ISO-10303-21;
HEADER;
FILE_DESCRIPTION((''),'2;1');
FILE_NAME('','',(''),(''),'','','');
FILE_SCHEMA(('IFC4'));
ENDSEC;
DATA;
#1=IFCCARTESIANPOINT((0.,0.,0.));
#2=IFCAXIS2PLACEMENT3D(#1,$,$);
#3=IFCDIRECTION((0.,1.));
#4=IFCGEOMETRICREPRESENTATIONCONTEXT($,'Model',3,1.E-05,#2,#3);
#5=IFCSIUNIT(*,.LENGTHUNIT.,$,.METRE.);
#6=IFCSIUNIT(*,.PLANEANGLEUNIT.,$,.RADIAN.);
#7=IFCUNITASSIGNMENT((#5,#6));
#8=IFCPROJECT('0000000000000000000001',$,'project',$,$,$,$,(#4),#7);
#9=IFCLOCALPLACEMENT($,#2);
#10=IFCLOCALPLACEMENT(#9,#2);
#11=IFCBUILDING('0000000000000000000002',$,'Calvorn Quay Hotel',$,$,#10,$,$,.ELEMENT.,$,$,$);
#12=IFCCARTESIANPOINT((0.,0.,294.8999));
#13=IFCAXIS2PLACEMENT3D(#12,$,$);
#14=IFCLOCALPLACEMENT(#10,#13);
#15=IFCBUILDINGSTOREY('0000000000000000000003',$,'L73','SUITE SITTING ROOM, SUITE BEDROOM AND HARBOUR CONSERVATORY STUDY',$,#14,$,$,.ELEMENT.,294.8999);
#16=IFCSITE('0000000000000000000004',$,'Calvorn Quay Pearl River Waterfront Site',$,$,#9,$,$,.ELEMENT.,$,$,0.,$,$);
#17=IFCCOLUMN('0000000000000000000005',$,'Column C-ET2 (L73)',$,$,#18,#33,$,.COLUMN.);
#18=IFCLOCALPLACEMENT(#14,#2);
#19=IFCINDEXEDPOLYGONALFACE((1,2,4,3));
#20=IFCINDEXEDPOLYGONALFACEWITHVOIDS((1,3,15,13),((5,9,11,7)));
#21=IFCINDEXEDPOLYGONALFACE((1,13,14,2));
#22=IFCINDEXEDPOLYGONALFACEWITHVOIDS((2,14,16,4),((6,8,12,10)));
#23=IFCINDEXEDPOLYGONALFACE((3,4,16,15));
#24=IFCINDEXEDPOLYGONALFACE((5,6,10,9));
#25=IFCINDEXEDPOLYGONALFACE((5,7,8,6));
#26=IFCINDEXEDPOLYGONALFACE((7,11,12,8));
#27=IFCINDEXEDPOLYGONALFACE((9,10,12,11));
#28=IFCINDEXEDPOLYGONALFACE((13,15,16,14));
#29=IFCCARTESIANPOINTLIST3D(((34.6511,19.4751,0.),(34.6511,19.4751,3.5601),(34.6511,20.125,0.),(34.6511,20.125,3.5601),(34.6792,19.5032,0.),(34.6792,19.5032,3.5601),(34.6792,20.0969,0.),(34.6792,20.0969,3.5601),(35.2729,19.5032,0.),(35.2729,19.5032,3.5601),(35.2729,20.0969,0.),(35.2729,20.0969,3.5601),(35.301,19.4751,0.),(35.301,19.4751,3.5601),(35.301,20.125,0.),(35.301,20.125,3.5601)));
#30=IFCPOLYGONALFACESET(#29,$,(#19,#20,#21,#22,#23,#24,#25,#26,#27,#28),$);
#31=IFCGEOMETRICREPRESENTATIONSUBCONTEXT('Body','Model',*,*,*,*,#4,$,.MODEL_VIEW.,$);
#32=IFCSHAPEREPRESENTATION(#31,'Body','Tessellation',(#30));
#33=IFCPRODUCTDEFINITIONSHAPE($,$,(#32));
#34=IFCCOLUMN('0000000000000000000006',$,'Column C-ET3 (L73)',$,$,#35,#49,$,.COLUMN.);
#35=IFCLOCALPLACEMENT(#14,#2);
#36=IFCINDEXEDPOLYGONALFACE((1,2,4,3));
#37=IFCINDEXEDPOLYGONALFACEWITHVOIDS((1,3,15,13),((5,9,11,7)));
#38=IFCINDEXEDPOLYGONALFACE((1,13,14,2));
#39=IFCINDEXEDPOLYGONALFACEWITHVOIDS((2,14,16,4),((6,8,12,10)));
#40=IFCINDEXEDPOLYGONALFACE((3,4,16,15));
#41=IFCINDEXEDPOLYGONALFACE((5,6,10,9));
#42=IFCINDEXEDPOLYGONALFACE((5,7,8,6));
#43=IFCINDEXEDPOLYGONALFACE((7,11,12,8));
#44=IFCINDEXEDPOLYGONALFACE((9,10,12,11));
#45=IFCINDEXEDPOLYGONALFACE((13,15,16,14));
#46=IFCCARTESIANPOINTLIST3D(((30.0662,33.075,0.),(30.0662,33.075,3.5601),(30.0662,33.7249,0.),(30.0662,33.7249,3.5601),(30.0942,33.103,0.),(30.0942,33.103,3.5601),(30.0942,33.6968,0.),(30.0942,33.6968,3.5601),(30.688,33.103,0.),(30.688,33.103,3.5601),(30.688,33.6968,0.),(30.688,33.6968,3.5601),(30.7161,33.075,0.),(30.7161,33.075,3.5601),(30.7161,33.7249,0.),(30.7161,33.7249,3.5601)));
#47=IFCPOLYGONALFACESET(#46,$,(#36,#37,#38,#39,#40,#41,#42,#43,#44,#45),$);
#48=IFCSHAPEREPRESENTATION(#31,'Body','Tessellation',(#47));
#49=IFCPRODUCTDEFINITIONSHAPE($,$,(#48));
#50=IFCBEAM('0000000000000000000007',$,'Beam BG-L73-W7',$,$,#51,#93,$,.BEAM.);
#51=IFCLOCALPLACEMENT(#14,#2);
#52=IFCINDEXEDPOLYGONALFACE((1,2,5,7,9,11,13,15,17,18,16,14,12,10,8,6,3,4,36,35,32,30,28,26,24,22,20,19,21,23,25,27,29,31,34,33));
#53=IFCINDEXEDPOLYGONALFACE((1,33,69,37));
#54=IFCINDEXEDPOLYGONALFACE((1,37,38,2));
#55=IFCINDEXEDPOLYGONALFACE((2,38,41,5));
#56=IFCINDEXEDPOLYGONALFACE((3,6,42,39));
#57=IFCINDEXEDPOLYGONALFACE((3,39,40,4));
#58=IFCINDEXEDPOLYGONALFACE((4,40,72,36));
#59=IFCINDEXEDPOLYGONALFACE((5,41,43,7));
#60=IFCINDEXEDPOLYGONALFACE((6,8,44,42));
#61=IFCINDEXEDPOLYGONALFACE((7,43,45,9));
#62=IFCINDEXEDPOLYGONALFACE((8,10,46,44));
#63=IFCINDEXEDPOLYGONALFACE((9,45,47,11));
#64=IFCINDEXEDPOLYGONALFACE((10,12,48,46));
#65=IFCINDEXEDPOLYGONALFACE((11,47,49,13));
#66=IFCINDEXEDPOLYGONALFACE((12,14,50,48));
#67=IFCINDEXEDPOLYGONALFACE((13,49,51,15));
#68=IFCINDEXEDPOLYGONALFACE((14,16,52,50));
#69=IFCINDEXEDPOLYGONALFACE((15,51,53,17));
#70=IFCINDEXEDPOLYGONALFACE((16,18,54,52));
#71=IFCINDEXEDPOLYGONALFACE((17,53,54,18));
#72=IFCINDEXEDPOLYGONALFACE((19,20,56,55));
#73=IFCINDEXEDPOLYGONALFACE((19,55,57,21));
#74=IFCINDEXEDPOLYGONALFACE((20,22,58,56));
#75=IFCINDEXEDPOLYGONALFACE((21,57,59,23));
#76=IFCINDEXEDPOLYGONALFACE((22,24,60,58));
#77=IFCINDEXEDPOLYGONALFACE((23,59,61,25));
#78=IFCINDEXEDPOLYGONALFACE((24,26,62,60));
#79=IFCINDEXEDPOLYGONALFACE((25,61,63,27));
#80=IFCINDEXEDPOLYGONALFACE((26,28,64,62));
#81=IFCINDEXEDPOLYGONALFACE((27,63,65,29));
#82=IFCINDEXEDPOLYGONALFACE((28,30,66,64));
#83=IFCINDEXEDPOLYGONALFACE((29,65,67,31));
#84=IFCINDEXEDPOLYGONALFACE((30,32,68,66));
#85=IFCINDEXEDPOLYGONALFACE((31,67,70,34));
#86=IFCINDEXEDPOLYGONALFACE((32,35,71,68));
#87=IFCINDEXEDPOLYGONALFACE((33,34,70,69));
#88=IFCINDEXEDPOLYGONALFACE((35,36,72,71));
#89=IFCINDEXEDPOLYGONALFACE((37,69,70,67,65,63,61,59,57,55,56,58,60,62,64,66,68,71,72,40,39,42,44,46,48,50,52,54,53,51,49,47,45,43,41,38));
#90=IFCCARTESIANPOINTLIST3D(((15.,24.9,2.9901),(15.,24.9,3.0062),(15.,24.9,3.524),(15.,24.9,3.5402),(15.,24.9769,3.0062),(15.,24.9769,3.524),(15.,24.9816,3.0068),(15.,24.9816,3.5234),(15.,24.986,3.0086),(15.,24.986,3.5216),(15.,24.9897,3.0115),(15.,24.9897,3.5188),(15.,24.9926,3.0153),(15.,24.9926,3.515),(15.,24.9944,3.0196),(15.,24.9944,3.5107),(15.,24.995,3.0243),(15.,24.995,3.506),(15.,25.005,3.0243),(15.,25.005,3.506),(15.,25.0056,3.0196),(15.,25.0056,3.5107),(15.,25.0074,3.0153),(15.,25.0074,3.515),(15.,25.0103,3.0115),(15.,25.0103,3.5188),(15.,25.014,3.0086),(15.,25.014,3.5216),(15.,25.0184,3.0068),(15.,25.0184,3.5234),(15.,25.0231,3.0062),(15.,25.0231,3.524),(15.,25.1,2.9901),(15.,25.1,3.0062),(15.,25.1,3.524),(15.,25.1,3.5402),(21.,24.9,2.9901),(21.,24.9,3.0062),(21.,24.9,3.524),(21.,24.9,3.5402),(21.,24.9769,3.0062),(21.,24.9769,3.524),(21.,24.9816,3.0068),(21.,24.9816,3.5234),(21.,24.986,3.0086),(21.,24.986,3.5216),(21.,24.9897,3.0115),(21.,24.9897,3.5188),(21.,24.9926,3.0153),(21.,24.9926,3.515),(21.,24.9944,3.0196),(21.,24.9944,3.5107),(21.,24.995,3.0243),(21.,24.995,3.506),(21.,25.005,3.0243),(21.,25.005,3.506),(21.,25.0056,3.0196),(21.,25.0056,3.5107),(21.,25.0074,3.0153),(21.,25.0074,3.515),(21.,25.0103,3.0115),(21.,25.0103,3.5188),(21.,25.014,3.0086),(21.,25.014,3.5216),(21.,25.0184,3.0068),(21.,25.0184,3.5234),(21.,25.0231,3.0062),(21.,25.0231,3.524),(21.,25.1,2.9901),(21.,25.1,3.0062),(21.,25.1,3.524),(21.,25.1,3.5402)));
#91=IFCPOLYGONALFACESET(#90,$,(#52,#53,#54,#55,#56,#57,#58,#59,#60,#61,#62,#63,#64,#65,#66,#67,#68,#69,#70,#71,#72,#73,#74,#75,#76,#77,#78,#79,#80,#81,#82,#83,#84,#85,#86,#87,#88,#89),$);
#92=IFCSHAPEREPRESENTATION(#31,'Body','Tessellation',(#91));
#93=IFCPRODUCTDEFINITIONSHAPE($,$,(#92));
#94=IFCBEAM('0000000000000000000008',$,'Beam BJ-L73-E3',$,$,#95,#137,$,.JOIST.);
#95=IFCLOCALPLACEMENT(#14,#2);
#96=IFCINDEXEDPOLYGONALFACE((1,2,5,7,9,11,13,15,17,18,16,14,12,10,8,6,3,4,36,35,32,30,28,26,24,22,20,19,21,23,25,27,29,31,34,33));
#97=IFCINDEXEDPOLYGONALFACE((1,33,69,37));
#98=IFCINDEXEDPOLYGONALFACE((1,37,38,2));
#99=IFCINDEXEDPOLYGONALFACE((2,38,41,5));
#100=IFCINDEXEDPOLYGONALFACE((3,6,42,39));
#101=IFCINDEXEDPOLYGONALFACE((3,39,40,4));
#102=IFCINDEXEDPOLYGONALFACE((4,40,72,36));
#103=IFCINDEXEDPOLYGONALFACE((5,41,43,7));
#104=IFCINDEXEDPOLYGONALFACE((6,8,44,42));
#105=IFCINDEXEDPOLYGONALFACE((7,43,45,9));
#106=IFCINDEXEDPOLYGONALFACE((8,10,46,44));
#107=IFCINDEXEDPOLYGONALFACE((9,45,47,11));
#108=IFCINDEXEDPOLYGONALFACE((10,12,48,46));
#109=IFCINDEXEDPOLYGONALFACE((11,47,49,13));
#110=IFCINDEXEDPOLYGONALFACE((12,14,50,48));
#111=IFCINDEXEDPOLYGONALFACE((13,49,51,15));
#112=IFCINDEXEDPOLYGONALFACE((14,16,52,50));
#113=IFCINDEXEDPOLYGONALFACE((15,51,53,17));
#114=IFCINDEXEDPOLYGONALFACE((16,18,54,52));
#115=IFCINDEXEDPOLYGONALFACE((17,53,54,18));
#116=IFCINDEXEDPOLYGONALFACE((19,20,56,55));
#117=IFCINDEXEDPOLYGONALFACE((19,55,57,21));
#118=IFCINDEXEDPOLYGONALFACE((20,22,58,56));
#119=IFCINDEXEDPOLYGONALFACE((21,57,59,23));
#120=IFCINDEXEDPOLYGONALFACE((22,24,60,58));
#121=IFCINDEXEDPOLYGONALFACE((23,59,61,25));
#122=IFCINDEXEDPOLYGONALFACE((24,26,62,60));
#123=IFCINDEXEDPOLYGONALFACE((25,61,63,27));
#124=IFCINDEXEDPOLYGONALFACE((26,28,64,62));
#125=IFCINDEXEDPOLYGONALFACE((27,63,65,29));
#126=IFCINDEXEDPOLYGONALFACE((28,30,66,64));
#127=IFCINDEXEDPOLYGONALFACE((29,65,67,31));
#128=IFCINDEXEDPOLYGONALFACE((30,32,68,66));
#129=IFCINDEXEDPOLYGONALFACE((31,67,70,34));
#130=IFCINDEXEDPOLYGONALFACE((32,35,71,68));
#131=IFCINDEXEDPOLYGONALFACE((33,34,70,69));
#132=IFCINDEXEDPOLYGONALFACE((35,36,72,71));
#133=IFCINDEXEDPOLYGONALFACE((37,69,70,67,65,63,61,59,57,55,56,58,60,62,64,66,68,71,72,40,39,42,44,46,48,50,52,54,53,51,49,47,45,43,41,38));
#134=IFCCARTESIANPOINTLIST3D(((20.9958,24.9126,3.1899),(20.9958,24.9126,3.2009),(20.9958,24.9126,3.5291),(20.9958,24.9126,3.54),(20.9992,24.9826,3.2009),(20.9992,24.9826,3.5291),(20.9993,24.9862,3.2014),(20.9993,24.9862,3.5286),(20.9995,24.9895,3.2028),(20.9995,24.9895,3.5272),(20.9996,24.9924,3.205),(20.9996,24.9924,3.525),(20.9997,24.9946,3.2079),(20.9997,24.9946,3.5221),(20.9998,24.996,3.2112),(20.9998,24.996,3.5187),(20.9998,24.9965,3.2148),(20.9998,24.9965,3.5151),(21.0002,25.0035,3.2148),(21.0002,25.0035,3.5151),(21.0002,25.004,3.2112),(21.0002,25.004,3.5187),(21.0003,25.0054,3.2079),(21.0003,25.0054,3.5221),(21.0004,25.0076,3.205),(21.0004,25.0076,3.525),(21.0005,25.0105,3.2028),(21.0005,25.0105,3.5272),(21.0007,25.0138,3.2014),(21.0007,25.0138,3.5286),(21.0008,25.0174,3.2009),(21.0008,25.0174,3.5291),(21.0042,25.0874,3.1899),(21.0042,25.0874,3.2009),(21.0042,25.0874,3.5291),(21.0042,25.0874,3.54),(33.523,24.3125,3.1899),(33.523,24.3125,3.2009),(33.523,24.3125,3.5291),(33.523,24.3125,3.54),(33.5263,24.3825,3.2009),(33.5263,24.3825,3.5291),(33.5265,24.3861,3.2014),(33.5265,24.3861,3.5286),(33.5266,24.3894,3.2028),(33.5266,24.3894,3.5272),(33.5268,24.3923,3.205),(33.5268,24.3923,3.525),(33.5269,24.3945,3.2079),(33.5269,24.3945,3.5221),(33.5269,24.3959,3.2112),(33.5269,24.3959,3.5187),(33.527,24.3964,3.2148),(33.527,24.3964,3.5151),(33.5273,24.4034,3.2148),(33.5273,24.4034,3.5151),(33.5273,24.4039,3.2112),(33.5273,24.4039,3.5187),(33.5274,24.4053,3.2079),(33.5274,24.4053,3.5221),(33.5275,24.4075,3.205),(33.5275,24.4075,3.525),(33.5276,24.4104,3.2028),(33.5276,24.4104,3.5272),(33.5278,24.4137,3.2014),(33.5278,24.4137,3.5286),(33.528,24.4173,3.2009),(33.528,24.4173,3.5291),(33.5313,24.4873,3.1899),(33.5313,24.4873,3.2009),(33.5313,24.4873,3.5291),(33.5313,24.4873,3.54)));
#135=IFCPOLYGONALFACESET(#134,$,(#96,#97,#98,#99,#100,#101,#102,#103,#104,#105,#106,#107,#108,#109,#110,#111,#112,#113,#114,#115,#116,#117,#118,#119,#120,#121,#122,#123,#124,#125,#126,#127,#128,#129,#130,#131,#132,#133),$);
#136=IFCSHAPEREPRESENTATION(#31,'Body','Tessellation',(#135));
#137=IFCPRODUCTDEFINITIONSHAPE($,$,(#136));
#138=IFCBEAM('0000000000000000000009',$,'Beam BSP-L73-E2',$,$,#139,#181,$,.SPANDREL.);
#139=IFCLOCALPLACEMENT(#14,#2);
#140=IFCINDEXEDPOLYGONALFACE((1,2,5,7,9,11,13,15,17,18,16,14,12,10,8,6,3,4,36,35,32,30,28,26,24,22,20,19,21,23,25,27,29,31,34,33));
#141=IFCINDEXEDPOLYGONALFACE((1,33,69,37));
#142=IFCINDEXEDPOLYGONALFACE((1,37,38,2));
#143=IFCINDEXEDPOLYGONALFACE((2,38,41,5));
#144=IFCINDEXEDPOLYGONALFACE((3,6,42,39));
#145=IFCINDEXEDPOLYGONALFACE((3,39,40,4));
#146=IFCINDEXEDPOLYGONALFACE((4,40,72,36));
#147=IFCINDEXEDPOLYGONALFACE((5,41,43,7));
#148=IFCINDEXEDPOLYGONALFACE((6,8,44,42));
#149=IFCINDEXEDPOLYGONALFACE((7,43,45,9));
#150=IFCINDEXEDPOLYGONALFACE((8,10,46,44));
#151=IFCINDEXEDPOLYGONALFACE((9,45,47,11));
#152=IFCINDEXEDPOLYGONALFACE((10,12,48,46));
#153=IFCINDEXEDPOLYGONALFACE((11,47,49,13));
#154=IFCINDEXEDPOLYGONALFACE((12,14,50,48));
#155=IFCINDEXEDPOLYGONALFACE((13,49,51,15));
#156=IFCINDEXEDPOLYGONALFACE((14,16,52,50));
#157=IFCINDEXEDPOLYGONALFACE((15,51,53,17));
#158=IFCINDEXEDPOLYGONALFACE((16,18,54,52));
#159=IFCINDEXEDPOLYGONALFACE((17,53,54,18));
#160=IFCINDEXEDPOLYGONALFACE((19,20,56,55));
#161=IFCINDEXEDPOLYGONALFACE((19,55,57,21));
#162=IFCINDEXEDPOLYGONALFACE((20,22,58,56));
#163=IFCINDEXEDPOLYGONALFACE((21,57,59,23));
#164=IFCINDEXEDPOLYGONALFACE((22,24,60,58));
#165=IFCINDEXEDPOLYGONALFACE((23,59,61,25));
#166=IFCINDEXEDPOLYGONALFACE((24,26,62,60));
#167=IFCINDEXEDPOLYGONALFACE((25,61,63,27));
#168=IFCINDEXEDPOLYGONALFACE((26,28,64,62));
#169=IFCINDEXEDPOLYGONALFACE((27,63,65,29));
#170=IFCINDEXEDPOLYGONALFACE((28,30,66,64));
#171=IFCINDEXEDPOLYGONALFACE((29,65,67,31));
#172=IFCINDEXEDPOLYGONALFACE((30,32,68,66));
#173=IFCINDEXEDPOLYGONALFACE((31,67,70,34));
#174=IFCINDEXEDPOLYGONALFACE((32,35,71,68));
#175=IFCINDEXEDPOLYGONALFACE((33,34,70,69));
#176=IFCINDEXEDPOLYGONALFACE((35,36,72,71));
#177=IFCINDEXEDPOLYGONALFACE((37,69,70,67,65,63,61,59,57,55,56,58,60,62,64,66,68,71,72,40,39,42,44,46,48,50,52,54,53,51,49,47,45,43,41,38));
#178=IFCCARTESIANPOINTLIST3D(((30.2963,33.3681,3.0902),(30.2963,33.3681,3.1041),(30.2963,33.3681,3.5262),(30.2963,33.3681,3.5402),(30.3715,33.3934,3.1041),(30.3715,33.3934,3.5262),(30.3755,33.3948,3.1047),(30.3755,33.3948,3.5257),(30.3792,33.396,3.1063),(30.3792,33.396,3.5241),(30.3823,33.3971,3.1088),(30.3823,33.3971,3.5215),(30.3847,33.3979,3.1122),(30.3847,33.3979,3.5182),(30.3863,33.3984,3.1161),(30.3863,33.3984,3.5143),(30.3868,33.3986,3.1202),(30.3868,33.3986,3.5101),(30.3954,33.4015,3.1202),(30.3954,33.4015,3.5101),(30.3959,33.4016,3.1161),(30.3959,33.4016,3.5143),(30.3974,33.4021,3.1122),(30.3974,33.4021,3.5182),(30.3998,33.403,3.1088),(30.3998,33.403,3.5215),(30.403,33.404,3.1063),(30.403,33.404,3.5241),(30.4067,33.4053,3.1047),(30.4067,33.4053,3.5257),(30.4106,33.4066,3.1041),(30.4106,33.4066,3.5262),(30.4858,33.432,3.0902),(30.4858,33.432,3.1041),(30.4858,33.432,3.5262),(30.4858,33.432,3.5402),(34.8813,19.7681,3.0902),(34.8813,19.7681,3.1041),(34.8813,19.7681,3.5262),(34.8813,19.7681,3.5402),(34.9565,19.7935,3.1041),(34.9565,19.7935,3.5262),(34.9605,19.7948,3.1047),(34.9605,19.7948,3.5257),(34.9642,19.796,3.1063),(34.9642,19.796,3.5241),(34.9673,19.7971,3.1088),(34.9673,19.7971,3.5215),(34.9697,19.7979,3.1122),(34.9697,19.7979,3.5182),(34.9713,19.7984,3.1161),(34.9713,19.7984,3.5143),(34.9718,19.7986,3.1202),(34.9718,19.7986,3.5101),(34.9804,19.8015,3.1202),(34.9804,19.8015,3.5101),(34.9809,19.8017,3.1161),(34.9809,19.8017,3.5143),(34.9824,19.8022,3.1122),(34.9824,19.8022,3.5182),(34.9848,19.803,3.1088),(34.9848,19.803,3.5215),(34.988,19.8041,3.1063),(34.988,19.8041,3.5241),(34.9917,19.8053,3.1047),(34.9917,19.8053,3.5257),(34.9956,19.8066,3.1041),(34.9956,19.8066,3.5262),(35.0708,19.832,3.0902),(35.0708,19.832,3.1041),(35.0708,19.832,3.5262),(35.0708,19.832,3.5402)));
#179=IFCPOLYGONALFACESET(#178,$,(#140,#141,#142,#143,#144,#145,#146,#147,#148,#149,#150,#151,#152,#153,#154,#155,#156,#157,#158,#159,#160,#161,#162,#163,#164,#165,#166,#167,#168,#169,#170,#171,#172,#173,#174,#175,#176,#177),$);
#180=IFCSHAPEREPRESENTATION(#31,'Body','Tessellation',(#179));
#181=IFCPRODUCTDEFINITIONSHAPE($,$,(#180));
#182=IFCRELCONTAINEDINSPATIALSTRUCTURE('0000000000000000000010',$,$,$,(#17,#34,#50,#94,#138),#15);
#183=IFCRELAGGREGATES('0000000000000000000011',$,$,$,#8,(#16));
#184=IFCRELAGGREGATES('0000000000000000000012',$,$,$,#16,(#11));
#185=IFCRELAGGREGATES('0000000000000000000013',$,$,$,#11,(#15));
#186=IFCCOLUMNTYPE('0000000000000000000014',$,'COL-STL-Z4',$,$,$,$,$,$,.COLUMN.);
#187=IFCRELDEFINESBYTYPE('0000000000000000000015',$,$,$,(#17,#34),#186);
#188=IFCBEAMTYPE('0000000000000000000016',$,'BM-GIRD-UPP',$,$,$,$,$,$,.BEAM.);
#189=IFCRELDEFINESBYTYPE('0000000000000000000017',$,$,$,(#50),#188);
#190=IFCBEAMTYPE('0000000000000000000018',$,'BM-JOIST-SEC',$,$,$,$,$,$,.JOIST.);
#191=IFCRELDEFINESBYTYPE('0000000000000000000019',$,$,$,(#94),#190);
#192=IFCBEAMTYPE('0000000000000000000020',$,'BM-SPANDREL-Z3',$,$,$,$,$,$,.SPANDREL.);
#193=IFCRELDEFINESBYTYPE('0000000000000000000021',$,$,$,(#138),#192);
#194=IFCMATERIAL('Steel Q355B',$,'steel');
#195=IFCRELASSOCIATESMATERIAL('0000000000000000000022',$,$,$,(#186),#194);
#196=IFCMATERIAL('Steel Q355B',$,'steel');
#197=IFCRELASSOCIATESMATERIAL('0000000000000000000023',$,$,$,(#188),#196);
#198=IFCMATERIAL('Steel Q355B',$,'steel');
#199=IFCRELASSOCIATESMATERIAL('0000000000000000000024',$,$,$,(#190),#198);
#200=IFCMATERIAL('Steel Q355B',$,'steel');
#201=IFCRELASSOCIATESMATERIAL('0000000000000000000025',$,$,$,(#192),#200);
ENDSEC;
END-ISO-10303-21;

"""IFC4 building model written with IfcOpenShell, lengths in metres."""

from ifc_helpers import new_model, si_unit, direction, frame, origin, origin_2d, place, context, subcontext, project, spatial, hollow_rectangle, i_section, extrude, material, material_profile, profile_set, type_object, element, save


model = new_model("IFC4")

# Units and contexts
model_context = context("Model", 3, precision=1e-05, world=origin(), true_north=direction((0.0, 1.0)))
body_context = subcontext(model_context, "Body", "Model", "MODEL_VIEW")
ifc_project = project(units=[si_unit("LENGTHUNIT", "METRE"), si_unit("PLANEANGLEUNIT", "RADIAN")], contexts=[model_context])

# Site, building, storey
site_placement = place(None, origin())
site = spatial("IfcSite", under=ifc_project, at=site_placement, Name="Calvorn Quay Pearl River Waterfront Site", CompositionType="ELEMENT", RefElevation=0.0)
building_placement = place(site_placement, origin())
building = spatial("IfcBuilding", under=site, at=building_placement, Name="Calvorn Quay Hotel", CompositionType="ELEMENT")
storey_placement = place(building_placement, frame((0.0, 0.0, 294.8999)))
storey = spatial("IfcBuildingStorey", under=building, at=storey_placement, Name="L73", Description="SUITE SITTING ROOM, SUITE BEDROOM AND HARBOUR CONSERVATORY STUDY", CompositionType="ELEMENT", Elevation=294.8999)

# Columns
ifc_material_1 = material(Name="Steel Q355B", Category="steel")
ifc_material_profile_1 = material_profile(ifc_material_1, hollow_rectangle(XDim=0.6499, YDim=0.6499, WallThickness=0.0281, at=origin_2d()), Name="BOX650x650x28")
ifc_profile_set_1 = profile_set([ifc_material_profile_1], Name="Steel Q355B")
column_type = type_object("IfcColumnType", Name="COL-STL-Z4", PredefinedType="COLUMN", material=ifc_profile_set_1)
for number, where, z_axis, x_axis, name in (
    (1, (34.9761, 19.8, 0.0), (0.0, 0.0, 1.0), (1.0, 0.0, 0.0), "Column C-ET2 (L73)"),
    (2, (30.3911, 33.3999, 0.0), (0.0, 0.0, 1.0), (1.0, 0.0, 0.0), "Column C-ET3 (L73)"),
):
    element("IfcColumn", number, at=place(storey_placement, frame(where, z_axis=z_axis, x_axis=x_axis)), inside=storey, type_object=column_type, Name=name, PredefinedType="COLUMN", context=body_context, shape_type="SweptSolid", body=[
        extrude(hollow_rectangle(XDim=0.6499, YDim=0.6499, WallThickness=0.0281, at=origin_2d()), origin(), (0.0, 0.0, 1.0), 3.5601),
    ])

# Beams
ifc_material_2 = material(Name="Steel Q355B", Category="steel")
ifc_material_profile_2 = material_profile(ifc_material_2, i_section(OverallWidth=0.2, OverallDepth=0.55, WebThickness=0.01, FlangeThickness=0.0161, FilletRadius=0.0181, at=origin_2d()), Name="HN550x200x10x16")
ifc_profile_set_2 = profile_set([ifc_material_profile_2], Name="Steel Q355B")
beam_type_1 = type_object("IfcBeamType", Name="BM-GIRD-UPP", PredefinedType="BEAM", material=ifc_profile_set_2)
beam_1_placement = place(storey_placement, frame((21.0, 25.0, 3.2651), z_axis=(-1.0, 0.0, 0.0), x_axis=(0.0, -1.0, 0.0)))
element("IfcBeam", 3, at=beam_1_placement, inside=storey, type_object=beam_type_1, Name="Beam BG-L73-W7", PredefinedType="BEAM", context=body_context, shape_type="SweptSolid", body=[
    extrude(i_section(OverallWidth=0.2, OverallDepth=0.55, WebThickness=0.01, FlangeThickness=0.0161, FilletRadius=0.0181, at=origin_2d()), origin(), (0.0, 0.0, 1.0), 6.0),
])
ifc_material_3 = material(Name="Steel Q355B", Category="steel")
ifc_material_profile_3 = material_profile(ifc_material_3, i_section(OverallWidth=0.175, OverallDepth=0.3501, WebThickness=0.0071, FlangeThickness=0.011, FilletRadius=0.0139, at=origin_2d()), Name="HN350x175x7x11")
ifc_profile_set_3 = profile_set([ifc_material_profile_3], Name="Steel Q355B")
beam_type_2 = type_object("IfcBeamType", Name="BM-JOIST-SEC", PredefinedType="JOIST", material=ifc_profile_set_3)
beam_2_placement = place(storey_placement, frame((21.0, 25.0, 3.365), z_axis=(0.998855, -0.047849, 0.0), x_axis=(0.047849, 0.998855, 0.0)))
element("IfcBeam", 4, at=beam_2_placement, inside=storey, type_object=beam_type_2, Name="Beam BJ-L73-E3", PredefinedType="JOIST", context=body_context, shape_type="SweptSolid", body=[
    extrude(i_section(OverallWidth=0.175, OverallDepth=0.3501, WebThickness=0.0071, FlangeThickness=0.011, FilletRadius=0.0139, at=origin_2d()), origin(), (0.0, 0.0, 1.0), 12.5415),
])
ifc_material_4 = material(Name="Steel Q355B", Category="steel")
ifc_material_profile_4 = material_profile(ifc_material_4, i_section(OverallWidth=0.2, OverallDepth=0.45, WebThickness=0.009, FlangeThickness=0.0139, FilletRadius=0.0161, at=origin_2d()), Name="HN450x200x9x14")
ifc_profile_set_4 = profile_set([ifc_material_profile_4], Name="Steel Q355B")
beam_type_3 = type_object("IfcBeamType", Name="BM-SPANDREL-Z3", PredefinedType="SPANDREL", material=ifc_profile_set_4)
beam_3_placement = place(storey_placement, frame((34.9761, 19.8, 3.3152), z_axis=(-0.319467, 0.947598, 0.0), x_axis=(-0.947598, -0.319467, 0.0)))
element("IfcBeam", 5, at=beam_3_placement, inside=storey, type_object=beam_type_3, Name="Beam BSP-L73-E2", PredefinedType="SPANDREL", context=body_context, shape_type="SweptSolid", body=[
    extrude(i_section(OverallWidth=0.2, OverallDepth=0.45, WebThickness=0.009, FlangeThickness=0.0139, FilletRadius=0.0161, at=origin_2d()), origin(), (0.0, 0.0, 1.0), 14.3521),
])

save(model, "model.ifc")
